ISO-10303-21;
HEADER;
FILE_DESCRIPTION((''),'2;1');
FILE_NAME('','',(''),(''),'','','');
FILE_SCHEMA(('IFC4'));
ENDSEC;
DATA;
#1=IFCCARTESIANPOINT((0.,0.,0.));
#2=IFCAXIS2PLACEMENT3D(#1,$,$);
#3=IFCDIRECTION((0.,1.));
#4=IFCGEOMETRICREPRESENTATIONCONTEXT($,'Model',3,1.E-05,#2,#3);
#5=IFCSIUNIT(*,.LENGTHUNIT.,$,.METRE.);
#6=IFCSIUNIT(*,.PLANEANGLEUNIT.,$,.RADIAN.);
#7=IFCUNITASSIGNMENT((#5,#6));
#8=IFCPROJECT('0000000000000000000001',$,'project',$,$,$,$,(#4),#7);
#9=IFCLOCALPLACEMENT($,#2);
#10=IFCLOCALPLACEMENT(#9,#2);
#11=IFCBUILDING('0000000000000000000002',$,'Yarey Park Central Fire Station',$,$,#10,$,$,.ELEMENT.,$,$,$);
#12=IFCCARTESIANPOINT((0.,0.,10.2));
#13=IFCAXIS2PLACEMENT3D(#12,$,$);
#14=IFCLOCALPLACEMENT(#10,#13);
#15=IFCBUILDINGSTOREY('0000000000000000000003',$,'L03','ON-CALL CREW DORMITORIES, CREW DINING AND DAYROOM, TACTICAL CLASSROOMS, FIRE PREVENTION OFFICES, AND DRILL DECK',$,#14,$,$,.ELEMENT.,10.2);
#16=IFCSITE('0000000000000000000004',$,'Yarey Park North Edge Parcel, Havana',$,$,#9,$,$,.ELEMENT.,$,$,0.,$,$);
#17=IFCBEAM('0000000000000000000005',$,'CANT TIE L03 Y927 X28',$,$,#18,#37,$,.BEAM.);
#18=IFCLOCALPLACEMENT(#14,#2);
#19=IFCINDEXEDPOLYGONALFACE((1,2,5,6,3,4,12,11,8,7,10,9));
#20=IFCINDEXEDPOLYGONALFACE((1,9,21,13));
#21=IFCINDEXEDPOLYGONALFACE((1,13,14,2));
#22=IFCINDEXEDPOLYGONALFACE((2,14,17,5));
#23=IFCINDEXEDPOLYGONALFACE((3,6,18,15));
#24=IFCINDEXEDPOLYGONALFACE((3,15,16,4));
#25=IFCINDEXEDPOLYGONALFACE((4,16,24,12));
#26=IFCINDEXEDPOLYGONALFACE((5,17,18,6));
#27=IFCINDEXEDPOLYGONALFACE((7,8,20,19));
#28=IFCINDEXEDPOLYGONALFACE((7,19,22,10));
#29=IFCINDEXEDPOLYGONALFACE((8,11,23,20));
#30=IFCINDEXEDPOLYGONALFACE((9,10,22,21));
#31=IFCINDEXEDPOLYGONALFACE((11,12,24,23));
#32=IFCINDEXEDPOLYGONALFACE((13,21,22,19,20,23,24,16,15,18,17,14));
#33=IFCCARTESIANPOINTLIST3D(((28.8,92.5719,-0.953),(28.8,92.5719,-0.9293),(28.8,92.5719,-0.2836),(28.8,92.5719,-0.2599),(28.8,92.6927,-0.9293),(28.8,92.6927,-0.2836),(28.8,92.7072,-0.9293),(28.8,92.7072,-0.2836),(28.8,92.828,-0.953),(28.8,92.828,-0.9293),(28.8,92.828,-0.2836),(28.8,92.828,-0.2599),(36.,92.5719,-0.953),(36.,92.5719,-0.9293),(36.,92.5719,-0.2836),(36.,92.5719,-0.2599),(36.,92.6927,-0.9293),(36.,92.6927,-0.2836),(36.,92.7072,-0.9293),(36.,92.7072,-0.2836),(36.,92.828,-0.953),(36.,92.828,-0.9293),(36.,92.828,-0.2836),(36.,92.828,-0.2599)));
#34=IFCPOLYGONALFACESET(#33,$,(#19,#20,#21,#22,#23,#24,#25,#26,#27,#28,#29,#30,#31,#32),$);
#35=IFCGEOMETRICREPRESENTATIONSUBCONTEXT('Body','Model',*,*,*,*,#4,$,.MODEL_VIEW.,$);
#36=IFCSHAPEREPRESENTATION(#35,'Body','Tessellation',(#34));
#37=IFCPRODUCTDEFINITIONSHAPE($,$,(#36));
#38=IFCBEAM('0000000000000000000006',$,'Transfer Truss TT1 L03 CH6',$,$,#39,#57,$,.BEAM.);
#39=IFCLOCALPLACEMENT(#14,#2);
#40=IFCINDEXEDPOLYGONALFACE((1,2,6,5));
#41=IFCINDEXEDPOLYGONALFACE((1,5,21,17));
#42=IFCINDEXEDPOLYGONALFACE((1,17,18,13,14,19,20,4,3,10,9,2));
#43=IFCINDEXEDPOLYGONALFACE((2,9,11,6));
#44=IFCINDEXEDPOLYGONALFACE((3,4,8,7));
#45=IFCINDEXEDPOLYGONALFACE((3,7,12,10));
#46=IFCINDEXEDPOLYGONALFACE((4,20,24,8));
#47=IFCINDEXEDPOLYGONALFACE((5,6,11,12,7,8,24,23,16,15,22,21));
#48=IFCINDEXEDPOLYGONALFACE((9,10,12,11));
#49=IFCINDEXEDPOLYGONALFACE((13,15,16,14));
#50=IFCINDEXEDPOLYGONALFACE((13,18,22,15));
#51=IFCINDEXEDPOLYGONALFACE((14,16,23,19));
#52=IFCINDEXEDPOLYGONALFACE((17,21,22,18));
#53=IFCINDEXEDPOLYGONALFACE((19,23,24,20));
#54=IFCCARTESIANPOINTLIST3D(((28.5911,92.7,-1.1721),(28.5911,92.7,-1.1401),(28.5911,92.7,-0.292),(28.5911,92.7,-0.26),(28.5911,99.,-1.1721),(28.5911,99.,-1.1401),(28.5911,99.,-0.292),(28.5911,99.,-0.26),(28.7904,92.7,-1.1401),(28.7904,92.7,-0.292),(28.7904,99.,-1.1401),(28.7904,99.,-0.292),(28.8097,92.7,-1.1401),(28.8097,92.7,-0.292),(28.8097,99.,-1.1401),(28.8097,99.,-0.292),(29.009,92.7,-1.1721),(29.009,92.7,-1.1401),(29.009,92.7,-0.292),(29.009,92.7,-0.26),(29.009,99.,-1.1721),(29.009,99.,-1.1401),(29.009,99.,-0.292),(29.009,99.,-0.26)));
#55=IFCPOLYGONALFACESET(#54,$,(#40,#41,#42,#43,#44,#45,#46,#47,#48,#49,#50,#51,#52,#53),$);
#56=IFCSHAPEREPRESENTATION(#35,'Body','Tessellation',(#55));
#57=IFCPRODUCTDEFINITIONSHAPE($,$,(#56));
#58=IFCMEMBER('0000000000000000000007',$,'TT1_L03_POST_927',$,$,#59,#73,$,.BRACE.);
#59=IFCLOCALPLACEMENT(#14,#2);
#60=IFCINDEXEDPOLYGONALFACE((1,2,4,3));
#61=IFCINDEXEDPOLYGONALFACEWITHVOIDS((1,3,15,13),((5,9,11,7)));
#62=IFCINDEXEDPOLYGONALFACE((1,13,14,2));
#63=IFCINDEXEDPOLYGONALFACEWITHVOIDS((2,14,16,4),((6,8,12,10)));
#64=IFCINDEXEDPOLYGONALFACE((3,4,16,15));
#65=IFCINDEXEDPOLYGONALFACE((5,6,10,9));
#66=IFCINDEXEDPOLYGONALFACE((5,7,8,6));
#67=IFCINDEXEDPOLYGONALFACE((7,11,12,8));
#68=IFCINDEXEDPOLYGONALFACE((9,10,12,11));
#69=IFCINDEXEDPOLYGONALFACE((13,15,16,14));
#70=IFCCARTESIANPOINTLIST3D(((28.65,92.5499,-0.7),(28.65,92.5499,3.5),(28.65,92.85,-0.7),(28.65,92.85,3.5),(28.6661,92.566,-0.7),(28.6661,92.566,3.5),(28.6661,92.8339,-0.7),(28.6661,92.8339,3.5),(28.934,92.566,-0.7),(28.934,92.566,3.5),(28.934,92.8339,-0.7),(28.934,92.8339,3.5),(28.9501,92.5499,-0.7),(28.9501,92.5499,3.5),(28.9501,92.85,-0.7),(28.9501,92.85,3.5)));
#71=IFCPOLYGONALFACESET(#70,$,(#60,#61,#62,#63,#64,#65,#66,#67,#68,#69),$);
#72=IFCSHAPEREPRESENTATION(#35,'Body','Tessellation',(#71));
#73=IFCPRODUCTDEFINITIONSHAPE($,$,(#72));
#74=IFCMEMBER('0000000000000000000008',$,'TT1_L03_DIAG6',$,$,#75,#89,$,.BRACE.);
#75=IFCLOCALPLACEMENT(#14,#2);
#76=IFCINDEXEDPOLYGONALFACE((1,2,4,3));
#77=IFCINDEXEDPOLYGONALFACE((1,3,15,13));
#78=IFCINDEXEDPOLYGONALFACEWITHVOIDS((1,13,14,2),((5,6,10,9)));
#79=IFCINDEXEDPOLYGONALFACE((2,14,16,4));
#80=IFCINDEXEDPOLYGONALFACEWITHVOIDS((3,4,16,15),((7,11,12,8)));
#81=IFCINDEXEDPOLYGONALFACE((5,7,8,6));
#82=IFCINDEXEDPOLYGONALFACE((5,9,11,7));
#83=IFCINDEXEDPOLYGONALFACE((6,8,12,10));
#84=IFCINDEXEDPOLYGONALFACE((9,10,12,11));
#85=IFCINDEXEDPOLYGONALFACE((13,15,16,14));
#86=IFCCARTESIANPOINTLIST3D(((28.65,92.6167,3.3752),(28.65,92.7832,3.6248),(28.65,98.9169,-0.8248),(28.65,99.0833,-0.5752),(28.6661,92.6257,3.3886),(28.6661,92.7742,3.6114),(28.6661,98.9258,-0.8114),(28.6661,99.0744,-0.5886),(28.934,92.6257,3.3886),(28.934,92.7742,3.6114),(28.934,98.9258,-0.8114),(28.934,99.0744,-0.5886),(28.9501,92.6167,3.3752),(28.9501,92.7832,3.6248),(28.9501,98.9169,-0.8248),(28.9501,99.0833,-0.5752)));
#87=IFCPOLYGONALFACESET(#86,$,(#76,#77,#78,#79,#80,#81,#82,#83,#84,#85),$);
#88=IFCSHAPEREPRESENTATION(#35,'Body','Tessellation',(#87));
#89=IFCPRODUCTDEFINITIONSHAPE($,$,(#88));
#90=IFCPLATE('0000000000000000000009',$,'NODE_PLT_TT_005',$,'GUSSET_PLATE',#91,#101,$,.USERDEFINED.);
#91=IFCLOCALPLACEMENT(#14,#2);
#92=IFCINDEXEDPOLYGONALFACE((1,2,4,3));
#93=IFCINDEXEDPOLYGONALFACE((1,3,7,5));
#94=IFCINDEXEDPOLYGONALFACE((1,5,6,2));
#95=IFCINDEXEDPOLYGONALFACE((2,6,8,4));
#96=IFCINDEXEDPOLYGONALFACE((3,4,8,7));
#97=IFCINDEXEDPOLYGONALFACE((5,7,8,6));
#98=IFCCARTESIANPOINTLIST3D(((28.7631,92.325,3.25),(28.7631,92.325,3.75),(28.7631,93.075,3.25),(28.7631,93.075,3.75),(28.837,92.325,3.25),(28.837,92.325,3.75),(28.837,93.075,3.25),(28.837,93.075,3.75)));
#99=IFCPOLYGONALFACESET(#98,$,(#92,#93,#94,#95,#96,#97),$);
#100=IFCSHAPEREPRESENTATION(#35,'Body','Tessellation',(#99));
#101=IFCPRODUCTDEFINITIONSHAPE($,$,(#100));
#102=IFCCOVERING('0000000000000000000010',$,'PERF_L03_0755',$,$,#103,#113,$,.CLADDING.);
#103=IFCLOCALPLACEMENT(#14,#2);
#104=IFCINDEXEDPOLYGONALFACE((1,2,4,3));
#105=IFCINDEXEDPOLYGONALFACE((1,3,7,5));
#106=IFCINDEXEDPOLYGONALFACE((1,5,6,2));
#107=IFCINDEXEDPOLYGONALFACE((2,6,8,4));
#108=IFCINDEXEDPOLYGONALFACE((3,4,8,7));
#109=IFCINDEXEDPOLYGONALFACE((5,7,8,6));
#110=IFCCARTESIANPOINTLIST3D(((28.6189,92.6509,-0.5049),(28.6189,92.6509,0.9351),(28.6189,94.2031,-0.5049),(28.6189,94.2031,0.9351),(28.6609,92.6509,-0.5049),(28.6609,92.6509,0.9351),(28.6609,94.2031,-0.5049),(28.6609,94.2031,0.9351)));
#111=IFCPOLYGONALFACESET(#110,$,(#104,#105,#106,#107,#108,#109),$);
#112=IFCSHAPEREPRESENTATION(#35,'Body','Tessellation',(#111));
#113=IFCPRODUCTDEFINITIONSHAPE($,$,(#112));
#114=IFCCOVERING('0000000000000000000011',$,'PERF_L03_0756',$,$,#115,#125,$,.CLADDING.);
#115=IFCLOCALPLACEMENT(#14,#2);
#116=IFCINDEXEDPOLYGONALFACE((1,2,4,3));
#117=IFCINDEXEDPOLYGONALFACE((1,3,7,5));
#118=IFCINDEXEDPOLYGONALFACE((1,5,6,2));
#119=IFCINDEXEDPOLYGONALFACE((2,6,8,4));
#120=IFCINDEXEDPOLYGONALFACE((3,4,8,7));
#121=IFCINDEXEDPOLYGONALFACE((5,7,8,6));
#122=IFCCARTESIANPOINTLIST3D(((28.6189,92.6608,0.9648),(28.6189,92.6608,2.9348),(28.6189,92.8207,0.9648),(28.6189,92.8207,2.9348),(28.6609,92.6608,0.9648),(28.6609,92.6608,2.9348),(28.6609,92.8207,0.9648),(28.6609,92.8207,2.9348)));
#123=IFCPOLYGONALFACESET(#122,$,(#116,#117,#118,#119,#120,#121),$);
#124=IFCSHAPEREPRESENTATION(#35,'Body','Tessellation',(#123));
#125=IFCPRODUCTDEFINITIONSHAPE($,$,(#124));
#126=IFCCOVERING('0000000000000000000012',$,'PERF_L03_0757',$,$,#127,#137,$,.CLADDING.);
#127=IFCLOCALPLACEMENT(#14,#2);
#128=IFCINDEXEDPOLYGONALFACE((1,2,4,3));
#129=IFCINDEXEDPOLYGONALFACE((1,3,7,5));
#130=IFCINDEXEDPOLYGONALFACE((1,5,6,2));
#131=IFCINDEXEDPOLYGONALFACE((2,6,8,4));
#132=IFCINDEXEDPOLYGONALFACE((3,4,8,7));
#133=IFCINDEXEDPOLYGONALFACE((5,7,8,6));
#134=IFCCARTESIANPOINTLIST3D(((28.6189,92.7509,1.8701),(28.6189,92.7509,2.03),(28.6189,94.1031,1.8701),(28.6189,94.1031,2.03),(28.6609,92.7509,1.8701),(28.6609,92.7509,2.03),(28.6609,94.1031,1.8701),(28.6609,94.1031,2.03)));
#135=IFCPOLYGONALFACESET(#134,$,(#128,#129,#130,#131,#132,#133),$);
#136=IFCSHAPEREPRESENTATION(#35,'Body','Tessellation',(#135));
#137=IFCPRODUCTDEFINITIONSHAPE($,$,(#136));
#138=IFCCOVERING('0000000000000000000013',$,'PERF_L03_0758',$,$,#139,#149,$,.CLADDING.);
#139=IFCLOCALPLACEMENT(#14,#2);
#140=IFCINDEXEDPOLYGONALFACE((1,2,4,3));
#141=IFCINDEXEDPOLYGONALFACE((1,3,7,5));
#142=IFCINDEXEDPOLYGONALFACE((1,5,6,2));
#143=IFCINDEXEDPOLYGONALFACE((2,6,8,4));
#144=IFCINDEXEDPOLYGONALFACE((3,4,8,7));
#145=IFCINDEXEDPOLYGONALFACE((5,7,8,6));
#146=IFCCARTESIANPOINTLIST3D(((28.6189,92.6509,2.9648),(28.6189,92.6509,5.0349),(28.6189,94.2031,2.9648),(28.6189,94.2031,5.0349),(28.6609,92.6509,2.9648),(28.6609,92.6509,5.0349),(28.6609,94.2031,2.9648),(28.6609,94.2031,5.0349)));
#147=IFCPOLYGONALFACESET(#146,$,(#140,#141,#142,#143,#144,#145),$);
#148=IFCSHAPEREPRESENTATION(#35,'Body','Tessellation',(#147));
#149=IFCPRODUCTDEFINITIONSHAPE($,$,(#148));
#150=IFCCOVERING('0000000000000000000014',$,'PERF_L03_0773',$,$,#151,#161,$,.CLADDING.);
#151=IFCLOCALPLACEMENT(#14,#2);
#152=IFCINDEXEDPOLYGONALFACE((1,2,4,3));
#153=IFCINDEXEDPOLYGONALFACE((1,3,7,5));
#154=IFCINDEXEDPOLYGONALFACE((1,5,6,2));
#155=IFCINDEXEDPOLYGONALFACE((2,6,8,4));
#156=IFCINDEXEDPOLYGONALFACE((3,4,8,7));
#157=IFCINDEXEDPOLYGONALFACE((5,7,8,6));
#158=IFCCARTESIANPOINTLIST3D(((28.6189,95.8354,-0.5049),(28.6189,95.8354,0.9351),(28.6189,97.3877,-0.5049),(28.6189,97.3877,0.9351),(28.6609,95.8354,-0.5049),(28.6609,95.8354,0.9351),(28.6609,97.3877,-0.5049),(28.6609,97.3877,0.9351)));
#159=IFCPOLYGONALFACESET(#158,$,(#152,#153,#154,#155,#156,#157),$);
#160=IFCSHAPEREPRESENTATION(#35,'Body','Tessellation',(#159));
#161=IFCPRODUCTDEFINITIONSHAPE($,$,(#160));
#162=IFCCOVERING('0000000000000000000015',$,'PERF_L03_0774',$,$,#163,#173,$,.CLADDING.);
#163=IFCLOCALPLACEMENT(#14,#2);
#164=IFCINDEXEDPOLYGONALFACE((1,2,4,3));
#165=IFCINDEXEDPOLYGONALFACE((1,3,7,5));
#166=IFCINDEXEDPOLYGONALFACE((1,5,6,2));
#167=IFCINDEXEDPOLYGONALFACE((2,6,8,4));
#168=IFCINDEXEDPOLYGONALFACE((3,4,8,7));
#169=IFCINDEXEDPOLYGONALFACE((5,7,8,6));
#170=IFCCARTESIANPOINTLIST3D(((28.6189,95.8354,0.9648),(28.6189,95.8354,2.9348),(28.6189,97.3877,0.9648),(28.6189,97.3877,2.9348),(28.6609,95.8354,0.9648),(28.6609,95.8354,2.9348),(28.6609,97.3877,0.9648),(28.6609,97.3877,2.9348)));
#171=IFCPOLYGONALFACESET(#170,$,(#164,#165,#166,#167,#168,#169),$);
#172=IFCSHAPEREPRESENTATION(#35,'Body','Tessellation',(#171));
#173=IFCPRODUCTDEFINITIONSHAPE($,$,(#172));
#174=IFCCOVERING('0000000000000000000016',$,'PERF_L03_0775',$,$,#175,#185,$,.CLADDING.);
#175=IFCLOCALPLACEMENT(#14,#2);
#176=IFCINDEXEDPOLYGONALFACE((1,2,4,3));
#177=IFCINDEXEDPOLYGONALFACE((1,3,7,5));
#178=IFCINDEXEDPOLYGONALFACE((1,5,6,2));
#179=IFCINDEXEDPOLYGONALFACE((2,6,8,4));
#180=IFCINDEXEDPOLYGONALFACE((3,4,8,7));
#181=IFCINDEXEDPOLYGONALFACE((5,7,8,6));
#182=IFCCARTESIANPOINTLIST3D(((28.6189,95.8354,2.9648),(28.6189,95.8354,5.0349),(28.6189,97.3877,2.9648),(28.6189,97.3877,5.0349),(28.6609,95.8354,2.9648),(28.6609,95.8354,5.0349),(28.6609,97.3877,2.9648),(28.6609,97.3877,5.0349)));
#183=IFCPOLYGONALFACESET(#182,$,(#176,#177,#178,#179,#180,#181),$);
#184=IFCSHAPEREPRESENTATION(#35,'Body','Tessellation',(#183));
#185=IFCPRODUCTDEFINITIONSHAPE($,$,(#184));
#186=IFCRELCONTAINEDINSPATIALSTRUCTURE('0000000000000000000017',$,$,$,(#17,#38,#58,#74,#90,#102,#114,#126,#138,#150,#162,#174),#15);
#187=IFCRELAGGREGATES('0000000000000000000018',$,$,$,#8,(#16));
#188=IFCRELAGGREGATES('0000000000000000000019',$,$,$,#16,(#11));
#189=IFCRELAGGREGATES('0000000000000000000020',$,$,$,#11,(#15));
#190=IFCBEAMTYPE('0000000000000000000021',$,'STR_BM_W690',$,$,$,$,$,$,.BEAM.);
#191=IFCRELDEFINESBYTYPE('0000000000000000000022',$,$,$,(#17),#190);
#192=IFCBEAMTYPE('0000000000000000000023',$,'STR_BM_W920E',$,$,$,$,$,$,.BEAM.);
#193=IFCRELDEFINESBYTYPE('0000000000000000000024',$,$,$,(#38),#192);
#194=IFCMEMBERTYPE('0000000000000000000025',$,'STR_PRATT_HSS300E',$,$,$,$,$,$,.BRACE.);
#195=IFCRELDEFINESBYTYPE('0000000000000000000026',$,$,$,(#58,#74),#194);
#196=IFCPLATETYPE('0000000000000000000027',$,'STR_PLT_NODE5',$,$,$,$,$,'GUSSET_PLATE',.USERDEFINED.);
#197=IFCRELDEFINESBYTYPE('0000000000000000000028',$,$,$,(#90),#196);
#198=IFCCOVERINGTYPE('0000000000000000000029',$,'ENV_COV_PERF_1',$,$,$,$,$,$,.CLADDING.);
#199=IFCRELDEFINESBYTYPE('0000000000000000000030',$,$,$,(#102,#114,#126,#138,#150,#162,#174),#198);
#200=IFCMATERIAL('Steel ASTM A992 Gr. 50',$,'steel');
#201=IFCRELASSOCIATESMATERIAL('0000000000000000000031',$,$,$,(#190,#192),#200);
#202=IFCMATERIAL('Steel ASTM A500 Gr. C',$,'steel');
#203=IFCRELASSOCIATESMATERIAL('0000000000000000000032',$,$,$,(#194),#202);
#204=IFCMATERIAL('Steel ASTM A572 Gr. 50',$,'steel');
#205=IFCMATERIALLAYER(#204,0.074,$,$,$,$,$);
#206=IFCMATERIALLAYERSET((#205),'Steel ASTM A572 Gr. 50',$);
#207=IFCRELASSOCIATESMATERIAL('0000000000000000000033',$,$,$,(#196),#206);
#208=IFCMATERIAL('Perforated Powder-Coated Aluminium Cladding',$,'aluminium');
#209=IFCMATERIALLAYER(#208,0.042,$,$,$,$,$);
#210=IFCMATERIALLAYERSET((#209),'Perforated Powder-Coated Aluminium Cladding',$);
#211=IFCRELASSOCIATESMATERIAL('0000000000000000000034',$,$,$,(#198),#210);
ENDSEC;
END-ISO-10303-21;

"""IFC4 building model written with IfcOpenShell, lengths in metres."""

from ifc_helpers import new_model, si_unit, direction, frame, origin, origin_2d, place, context, subcontext, project, spatial, rectangle, hollow_rectangle, i_section, extrude, material, layer, layer_set, material_profile, profile_set, type_object, element, save


model = new_model("IFC4")

# Units and contexts
model_context = context("Model", 3, precision=1e-05, world=origin(), true_north=direction((0.0, 1.0)))
body_context = subcontext(model_context, "Body", "Model", "MODEL_VIEW")
ifc_project = project(units=[si_unit("LENGTHUNIT", "METRE"), si_unit("PLANEANGLEUNIT", "RADIAN")], contexts=[model_context])

# Site, building, storey
site_placement = place(None, origin())
site = spatial("IfcSite", under=ifc_project, at=site_placement, Name="Yarey Park North Edge Parcel, Havana", CompositionType="ELEMENT", RefElevation=0.0)
building_placement = place(site_placement, origin())
building = spatial("IfcBuilding", under=site, at=building_placement, Name="Yarey Park Central Fire Station", CompositionType="ELEMENT")
storey_placement = place(building_placement, frame((0.0, 0.0, 10.2)))
storey = spatial("IfcBuildingStorey", under=building, at=storey_placement, Name="L03", Description="ON-CALL CREW DORMITORIES, CREW DINING AND DAYROOM, TACTICAL CLASSROOMS, FIRE PREVENTION OFFICES, AND DRILL DECK", CompositionType="ELEMENT", Elevation=10.2)

# Beams
ifc_material_1 = material(Name="Steel ASTM A992 Gr. 50", Category="steel")
ifc_material_profile_1 = material_profile(ifc_material_1, i_section(OverallWidth=0.2561, OverallDepth=0.6931, WebThickness=0.0144, FlangeThickness=0.0237, at=origin_2d()), Name="W690x170")
ifc_profile_set_1 = profile_set([ifc_material_profile_1], Name="Steel ASTM A992 Gr. 50")
beam_type_1 = type_object("IfcBeamType", Name="STR_BM_W690", PredefinedType="BEAM", material=ifc_profile_set_1)
beam_1_placement = place(storey_placement, frame((28.8, 92.7, -0.6064), z_axis=(1.0, 0.0, 0.0), x_axis=(0.0, 1.0, 0.0)))
element("IfcBeam", 1, at=beam_1_placement, inside=storey, type_object=beam_type_1, Name="CANT TIE L03 Y927 X28", PredefinedType="BEAM", context=body_context, shape_type="SweptSolid", body=[
    extrude(i_section(OverallWidth=0.2561, OverallDepth=0.6931, WebThickness=0.0144, FlangeThickness=0.0237, at=origin_2d()), origin(), (0.0, 0.0, 1.0), 7.2),
])
ifc_material_profile_2 = material_profile(ifc_material_1, i_section(OverallWidth=0.418, OverallDepth=0.9121, WebThickness=0.0193, FlangeThickness=0.032, at=origin_2d()), Name="W920x342")
ifc_profile_set_2 = profile_set([ifc_material_profile_2], Name="Steel ASTM A992 Gr. 50")
beam_type_2 = type_object("IfcBeamType", Name="STR_BM_W920E", PredefinedType="BEAM", material=ifc_profile_set_2)
beam_2_placement = place(storey_placement, frame((28.8, 92.7, -0.7161), z_axis=(0.0, 1.0, 0.0), x_axis=(-1.0, 0.0, 0.0)))
element("IfcBeam", 2, at=beam_2_placement, inside=storey, type_object=beam_type_2, Name="Transfer Truss TT1 L03 CH6", PredefinedType="BEAM", context=body_context, shape_type="SweptSolid", body=[
    extrude(i_section(OverallWidth=0.418, OverallDepth=0.9121, WebThickness=0.0193, FlangeThickness=0.032, at=origin_2d()), origin(), (0.0, 0.0, 1.0), 6.3),
])

# Members
ifc_material_2 = material(Name="Steel ASTM A500 Gr. C", Category="steel")
ifc_material_profile_3 = material_profile(ifc_material_2, hollow_rectangle(XDim=0.3, YDim=0.3, WallThickness=0.0161, at=origin_2d()), Name="HSS 300x300x16")
ifc_profile_set_3 = profile_set([ifc_material_profile_3], Name="Steel ASTM A500 Gr. C")
member_type = type_object("IfcMemberType", Name="STR_PRATT_HSS300E", PredefinedType="BRACE", material=ifc_profile_set_3)
member_1_placement = place(storey_placement, frame((28.8, 92.7, -0.7), z_axis=(0.0, 0.0, 1.0), x_axis=(1.0, 0.0, 0.0)))
element("IfcMember", 3, at=member_1_placement, inside=storey, type_object=member_type, Name="TT1_L03_POST_927", PredefinedType="BRACE", context=body_context, shape_type="SweptSolid", body=[
    extrude(hollow_rectangle(XDim=0.3, YDim=0.3, WallThickness=0.0161, at=origin_2d()), origin(), (0.0, 0.0, 1.0), 4.2),
])
member_2_placement = place(storey_placement, frame((28.8, 92.7, 3.5), z_axis=(0.0, 0.832055, -0.554693), x_axis=(-1.0, 0.0, 0.0)))
element("IfcMember", 4, at=member_2_placement, inside=storey, type_object=member_type, Name="TT1_L03_DIAG6", PredefinedType="BRACE", context=body_context, shape_type="SweptSolid", body=[
    extrude(hollow_rectangle(XDim=0.3, YDim=0.3, WallThickness=0.0161, at=origin_2d()), origin(), (0.0, 0.0, 1.0), 7.5718),
])

# Plate
ifc_material_3 = material(Name="Steel ASTM A572 Gr. 50", Category="steel")
ifc_layer_1 = layer(ifc_material_3, 0.074)
ifc_layer_set_1 = layer_set([ifc_layer_1], Name="Steel ASTM A572 Gr. 50")
plate_type = type_object("IfcPlateType", Name="STR_PLT_NODE5", ElementType="GUSSET_PLATE", PredefinedType="USERDEFINED", material=ifc_layer_set_1)
plate_placement = place(storey_placement, frame((28.8, 92.7, 3.25), z_axis=(0.0, 0.0, 1.0), x_axis=(1.0, 0.0, 0.0)))
element("IfcPlate", 5, at=plate_placement, inside=storey, type_object=plate_type, Name="NODE_PLT_TT_005", ObjectType="GUSSET_PLATE", PredefinedType="USERDEFINED", context=body_context, shape_type="SweptSolid", body=[
    extrude(rectangle(XDim=0.074, YDim=0.75, at=origin_2d()), origin(), (0.0, 0.0, 1.0), 0.5),
])

# Coverings
ifc_material_4 = material(Name="Perforated Powder-Coated Aluminium Cladding", Category="aluminium")
ifc_layer_2 = layer(ifc_material_4, 0.042)
ifc_layer_set_2 = layer_set([ifc_layer_2], Name="Perforated Powder-Coated Aluminium Cladding")
covering_type_1 = type_object("IfcCoveringType", Name="ENV_COV_PERF_1", PredefinedType="CLADDING", material=ifc_layer_set_2)
covering_1_placement = place(storey_placement, frame((28.6399, 93.427, -0.5049), z_axis=(0.0, 0.0, 1.0), x_axis=(0.0, 1.0, 0.0)))
element("IfcCovering", 6, at=covering_1_placement, inside=storey, type_object=covering_type_1, Name="PERF_L03_0755", PredefinedType="CLADDING", context=body_context, shape_type="SweptSolid", body=[
    extrude(rectangle(XDim=1.5522, YDim=0.042, at=origin_2d()), origin(), (0.0, 0.0, 1.0), 1.4399),
])
covering_2_placement = place(storey_placement, frame((28.6399, 92.7407, 0.9648), z_axis=(0.0, 0.0, 1.0), x_axis=(0.0, 1.0, 0.0)))
element("IfcCovering", 7, at=covering_2_placement, inside=storey, type_object=covering_type_1, Name="PERF_L03_0756", PredefinedType="CLADDING", context=body_context, shape_type="SweptSolid", body=[
    extrude(rectangle(XDim=0.1599, YDim=0.042, at=origin_2d()), origin(), (0.0, 0.0, 1.0), 1.97),
])
covering_3_placement = place(storey_placement, frame((28.6399, 93.427, 1.8701), z_axis=(0.0, 0.0, 1.0), x_axis=(0.0, 1.0, 0.0)))
element("IfcCovering", 8, at=covering_3_placement, inside=storey, type_object=covering_type_1, Name="PERF_L03_0757", PredefinedType="CLADDING", context=body_context, shape_type="SweptSolid", body=[
    extrude(rectangle(XDim=1.3523, YDim=0.042, at=origin_2d()), origin(), (0.0, 0.0, 1.0), 0.1599),
])
covering_4_placement = place(storey_placement, frame((28.6399, 93.427, 2.9648), z_axis=(0.0, 0.0, 1.0), x_axis=(0.0, 1.0, 0.0)))
element("IfcCovering", 9, at=covering_4_placement, inside=storey, type_object=covering_type_1, Name="PERF_L03_0758", PredefinedType="CLADDING", context=body_context, shape_type="SweptSolid", body=[
    extrude(rectangle(XDim=1.5522, YDim=0.042, at=origin_2d()), origin(), (0.0, 0.0, 1.0), 2.0701),
])
covering_5_placement = place(storey_placement, frame((28.6399, 96.6116, -0.5049), z_axis=(0.0, 0.0, 1.0), x_axis=(0.0, 1.0, 0.0)))
element("IfcCovering", 10, at=covering_5_placement, inside=storey, type_object=covering_type_1, Name="PERF_L03_0773", PredefinedType="CLADDING", context=body_context, shape_type="SweptSolid", body=[
    extrude(rectangle(XDim=1.5522, YDim=0.042, at=origin_2d()), origin(), (0.0, 0.0, 1.0), 1.4399),
])
covering_6_placement = place(storey_placement, frame((28.6399, 96.6116, 0.9648), z_axis=(0.0, 0.0, 1.0), x_axis=(0.0, 1.0, 0.0)))
element("IfcCovering", 11, at=covering_6_placement, inside=storey, type_object=covering_type_1, Name="PERF_L03_0774", PredefinedType="CLADDING", context=body_context, shape_type="SweptSolid", body=[
    extrude(rectangle(XDim=1.5522, YDim=0.042, at=origin_2d()), origin(), (0.0, 0.0, 1.0), 1.97),
])
covering_7_placement = place(storey_placement, frame((28.6399, 96.6116, 2.9648), z_axis=(0.0, 0.0, 1.0), x_axis=(0.0, 1.0, 0.0)))
element("IfcCovering", 12, at=covering_7_placement, inside=storey, type_object=covering_type_1, Name="PERF_L03_0775", PredefinedType="CLADDING", context=body_context, shape_type="SweptSolid", body=[
    extrude(rectangle(XDim=1.5522, YDim=0.042, at=origin_2d()), origin(), (0.0, 0.0, 1.0), 2.0701),
])

save(model, "model.ifc")
